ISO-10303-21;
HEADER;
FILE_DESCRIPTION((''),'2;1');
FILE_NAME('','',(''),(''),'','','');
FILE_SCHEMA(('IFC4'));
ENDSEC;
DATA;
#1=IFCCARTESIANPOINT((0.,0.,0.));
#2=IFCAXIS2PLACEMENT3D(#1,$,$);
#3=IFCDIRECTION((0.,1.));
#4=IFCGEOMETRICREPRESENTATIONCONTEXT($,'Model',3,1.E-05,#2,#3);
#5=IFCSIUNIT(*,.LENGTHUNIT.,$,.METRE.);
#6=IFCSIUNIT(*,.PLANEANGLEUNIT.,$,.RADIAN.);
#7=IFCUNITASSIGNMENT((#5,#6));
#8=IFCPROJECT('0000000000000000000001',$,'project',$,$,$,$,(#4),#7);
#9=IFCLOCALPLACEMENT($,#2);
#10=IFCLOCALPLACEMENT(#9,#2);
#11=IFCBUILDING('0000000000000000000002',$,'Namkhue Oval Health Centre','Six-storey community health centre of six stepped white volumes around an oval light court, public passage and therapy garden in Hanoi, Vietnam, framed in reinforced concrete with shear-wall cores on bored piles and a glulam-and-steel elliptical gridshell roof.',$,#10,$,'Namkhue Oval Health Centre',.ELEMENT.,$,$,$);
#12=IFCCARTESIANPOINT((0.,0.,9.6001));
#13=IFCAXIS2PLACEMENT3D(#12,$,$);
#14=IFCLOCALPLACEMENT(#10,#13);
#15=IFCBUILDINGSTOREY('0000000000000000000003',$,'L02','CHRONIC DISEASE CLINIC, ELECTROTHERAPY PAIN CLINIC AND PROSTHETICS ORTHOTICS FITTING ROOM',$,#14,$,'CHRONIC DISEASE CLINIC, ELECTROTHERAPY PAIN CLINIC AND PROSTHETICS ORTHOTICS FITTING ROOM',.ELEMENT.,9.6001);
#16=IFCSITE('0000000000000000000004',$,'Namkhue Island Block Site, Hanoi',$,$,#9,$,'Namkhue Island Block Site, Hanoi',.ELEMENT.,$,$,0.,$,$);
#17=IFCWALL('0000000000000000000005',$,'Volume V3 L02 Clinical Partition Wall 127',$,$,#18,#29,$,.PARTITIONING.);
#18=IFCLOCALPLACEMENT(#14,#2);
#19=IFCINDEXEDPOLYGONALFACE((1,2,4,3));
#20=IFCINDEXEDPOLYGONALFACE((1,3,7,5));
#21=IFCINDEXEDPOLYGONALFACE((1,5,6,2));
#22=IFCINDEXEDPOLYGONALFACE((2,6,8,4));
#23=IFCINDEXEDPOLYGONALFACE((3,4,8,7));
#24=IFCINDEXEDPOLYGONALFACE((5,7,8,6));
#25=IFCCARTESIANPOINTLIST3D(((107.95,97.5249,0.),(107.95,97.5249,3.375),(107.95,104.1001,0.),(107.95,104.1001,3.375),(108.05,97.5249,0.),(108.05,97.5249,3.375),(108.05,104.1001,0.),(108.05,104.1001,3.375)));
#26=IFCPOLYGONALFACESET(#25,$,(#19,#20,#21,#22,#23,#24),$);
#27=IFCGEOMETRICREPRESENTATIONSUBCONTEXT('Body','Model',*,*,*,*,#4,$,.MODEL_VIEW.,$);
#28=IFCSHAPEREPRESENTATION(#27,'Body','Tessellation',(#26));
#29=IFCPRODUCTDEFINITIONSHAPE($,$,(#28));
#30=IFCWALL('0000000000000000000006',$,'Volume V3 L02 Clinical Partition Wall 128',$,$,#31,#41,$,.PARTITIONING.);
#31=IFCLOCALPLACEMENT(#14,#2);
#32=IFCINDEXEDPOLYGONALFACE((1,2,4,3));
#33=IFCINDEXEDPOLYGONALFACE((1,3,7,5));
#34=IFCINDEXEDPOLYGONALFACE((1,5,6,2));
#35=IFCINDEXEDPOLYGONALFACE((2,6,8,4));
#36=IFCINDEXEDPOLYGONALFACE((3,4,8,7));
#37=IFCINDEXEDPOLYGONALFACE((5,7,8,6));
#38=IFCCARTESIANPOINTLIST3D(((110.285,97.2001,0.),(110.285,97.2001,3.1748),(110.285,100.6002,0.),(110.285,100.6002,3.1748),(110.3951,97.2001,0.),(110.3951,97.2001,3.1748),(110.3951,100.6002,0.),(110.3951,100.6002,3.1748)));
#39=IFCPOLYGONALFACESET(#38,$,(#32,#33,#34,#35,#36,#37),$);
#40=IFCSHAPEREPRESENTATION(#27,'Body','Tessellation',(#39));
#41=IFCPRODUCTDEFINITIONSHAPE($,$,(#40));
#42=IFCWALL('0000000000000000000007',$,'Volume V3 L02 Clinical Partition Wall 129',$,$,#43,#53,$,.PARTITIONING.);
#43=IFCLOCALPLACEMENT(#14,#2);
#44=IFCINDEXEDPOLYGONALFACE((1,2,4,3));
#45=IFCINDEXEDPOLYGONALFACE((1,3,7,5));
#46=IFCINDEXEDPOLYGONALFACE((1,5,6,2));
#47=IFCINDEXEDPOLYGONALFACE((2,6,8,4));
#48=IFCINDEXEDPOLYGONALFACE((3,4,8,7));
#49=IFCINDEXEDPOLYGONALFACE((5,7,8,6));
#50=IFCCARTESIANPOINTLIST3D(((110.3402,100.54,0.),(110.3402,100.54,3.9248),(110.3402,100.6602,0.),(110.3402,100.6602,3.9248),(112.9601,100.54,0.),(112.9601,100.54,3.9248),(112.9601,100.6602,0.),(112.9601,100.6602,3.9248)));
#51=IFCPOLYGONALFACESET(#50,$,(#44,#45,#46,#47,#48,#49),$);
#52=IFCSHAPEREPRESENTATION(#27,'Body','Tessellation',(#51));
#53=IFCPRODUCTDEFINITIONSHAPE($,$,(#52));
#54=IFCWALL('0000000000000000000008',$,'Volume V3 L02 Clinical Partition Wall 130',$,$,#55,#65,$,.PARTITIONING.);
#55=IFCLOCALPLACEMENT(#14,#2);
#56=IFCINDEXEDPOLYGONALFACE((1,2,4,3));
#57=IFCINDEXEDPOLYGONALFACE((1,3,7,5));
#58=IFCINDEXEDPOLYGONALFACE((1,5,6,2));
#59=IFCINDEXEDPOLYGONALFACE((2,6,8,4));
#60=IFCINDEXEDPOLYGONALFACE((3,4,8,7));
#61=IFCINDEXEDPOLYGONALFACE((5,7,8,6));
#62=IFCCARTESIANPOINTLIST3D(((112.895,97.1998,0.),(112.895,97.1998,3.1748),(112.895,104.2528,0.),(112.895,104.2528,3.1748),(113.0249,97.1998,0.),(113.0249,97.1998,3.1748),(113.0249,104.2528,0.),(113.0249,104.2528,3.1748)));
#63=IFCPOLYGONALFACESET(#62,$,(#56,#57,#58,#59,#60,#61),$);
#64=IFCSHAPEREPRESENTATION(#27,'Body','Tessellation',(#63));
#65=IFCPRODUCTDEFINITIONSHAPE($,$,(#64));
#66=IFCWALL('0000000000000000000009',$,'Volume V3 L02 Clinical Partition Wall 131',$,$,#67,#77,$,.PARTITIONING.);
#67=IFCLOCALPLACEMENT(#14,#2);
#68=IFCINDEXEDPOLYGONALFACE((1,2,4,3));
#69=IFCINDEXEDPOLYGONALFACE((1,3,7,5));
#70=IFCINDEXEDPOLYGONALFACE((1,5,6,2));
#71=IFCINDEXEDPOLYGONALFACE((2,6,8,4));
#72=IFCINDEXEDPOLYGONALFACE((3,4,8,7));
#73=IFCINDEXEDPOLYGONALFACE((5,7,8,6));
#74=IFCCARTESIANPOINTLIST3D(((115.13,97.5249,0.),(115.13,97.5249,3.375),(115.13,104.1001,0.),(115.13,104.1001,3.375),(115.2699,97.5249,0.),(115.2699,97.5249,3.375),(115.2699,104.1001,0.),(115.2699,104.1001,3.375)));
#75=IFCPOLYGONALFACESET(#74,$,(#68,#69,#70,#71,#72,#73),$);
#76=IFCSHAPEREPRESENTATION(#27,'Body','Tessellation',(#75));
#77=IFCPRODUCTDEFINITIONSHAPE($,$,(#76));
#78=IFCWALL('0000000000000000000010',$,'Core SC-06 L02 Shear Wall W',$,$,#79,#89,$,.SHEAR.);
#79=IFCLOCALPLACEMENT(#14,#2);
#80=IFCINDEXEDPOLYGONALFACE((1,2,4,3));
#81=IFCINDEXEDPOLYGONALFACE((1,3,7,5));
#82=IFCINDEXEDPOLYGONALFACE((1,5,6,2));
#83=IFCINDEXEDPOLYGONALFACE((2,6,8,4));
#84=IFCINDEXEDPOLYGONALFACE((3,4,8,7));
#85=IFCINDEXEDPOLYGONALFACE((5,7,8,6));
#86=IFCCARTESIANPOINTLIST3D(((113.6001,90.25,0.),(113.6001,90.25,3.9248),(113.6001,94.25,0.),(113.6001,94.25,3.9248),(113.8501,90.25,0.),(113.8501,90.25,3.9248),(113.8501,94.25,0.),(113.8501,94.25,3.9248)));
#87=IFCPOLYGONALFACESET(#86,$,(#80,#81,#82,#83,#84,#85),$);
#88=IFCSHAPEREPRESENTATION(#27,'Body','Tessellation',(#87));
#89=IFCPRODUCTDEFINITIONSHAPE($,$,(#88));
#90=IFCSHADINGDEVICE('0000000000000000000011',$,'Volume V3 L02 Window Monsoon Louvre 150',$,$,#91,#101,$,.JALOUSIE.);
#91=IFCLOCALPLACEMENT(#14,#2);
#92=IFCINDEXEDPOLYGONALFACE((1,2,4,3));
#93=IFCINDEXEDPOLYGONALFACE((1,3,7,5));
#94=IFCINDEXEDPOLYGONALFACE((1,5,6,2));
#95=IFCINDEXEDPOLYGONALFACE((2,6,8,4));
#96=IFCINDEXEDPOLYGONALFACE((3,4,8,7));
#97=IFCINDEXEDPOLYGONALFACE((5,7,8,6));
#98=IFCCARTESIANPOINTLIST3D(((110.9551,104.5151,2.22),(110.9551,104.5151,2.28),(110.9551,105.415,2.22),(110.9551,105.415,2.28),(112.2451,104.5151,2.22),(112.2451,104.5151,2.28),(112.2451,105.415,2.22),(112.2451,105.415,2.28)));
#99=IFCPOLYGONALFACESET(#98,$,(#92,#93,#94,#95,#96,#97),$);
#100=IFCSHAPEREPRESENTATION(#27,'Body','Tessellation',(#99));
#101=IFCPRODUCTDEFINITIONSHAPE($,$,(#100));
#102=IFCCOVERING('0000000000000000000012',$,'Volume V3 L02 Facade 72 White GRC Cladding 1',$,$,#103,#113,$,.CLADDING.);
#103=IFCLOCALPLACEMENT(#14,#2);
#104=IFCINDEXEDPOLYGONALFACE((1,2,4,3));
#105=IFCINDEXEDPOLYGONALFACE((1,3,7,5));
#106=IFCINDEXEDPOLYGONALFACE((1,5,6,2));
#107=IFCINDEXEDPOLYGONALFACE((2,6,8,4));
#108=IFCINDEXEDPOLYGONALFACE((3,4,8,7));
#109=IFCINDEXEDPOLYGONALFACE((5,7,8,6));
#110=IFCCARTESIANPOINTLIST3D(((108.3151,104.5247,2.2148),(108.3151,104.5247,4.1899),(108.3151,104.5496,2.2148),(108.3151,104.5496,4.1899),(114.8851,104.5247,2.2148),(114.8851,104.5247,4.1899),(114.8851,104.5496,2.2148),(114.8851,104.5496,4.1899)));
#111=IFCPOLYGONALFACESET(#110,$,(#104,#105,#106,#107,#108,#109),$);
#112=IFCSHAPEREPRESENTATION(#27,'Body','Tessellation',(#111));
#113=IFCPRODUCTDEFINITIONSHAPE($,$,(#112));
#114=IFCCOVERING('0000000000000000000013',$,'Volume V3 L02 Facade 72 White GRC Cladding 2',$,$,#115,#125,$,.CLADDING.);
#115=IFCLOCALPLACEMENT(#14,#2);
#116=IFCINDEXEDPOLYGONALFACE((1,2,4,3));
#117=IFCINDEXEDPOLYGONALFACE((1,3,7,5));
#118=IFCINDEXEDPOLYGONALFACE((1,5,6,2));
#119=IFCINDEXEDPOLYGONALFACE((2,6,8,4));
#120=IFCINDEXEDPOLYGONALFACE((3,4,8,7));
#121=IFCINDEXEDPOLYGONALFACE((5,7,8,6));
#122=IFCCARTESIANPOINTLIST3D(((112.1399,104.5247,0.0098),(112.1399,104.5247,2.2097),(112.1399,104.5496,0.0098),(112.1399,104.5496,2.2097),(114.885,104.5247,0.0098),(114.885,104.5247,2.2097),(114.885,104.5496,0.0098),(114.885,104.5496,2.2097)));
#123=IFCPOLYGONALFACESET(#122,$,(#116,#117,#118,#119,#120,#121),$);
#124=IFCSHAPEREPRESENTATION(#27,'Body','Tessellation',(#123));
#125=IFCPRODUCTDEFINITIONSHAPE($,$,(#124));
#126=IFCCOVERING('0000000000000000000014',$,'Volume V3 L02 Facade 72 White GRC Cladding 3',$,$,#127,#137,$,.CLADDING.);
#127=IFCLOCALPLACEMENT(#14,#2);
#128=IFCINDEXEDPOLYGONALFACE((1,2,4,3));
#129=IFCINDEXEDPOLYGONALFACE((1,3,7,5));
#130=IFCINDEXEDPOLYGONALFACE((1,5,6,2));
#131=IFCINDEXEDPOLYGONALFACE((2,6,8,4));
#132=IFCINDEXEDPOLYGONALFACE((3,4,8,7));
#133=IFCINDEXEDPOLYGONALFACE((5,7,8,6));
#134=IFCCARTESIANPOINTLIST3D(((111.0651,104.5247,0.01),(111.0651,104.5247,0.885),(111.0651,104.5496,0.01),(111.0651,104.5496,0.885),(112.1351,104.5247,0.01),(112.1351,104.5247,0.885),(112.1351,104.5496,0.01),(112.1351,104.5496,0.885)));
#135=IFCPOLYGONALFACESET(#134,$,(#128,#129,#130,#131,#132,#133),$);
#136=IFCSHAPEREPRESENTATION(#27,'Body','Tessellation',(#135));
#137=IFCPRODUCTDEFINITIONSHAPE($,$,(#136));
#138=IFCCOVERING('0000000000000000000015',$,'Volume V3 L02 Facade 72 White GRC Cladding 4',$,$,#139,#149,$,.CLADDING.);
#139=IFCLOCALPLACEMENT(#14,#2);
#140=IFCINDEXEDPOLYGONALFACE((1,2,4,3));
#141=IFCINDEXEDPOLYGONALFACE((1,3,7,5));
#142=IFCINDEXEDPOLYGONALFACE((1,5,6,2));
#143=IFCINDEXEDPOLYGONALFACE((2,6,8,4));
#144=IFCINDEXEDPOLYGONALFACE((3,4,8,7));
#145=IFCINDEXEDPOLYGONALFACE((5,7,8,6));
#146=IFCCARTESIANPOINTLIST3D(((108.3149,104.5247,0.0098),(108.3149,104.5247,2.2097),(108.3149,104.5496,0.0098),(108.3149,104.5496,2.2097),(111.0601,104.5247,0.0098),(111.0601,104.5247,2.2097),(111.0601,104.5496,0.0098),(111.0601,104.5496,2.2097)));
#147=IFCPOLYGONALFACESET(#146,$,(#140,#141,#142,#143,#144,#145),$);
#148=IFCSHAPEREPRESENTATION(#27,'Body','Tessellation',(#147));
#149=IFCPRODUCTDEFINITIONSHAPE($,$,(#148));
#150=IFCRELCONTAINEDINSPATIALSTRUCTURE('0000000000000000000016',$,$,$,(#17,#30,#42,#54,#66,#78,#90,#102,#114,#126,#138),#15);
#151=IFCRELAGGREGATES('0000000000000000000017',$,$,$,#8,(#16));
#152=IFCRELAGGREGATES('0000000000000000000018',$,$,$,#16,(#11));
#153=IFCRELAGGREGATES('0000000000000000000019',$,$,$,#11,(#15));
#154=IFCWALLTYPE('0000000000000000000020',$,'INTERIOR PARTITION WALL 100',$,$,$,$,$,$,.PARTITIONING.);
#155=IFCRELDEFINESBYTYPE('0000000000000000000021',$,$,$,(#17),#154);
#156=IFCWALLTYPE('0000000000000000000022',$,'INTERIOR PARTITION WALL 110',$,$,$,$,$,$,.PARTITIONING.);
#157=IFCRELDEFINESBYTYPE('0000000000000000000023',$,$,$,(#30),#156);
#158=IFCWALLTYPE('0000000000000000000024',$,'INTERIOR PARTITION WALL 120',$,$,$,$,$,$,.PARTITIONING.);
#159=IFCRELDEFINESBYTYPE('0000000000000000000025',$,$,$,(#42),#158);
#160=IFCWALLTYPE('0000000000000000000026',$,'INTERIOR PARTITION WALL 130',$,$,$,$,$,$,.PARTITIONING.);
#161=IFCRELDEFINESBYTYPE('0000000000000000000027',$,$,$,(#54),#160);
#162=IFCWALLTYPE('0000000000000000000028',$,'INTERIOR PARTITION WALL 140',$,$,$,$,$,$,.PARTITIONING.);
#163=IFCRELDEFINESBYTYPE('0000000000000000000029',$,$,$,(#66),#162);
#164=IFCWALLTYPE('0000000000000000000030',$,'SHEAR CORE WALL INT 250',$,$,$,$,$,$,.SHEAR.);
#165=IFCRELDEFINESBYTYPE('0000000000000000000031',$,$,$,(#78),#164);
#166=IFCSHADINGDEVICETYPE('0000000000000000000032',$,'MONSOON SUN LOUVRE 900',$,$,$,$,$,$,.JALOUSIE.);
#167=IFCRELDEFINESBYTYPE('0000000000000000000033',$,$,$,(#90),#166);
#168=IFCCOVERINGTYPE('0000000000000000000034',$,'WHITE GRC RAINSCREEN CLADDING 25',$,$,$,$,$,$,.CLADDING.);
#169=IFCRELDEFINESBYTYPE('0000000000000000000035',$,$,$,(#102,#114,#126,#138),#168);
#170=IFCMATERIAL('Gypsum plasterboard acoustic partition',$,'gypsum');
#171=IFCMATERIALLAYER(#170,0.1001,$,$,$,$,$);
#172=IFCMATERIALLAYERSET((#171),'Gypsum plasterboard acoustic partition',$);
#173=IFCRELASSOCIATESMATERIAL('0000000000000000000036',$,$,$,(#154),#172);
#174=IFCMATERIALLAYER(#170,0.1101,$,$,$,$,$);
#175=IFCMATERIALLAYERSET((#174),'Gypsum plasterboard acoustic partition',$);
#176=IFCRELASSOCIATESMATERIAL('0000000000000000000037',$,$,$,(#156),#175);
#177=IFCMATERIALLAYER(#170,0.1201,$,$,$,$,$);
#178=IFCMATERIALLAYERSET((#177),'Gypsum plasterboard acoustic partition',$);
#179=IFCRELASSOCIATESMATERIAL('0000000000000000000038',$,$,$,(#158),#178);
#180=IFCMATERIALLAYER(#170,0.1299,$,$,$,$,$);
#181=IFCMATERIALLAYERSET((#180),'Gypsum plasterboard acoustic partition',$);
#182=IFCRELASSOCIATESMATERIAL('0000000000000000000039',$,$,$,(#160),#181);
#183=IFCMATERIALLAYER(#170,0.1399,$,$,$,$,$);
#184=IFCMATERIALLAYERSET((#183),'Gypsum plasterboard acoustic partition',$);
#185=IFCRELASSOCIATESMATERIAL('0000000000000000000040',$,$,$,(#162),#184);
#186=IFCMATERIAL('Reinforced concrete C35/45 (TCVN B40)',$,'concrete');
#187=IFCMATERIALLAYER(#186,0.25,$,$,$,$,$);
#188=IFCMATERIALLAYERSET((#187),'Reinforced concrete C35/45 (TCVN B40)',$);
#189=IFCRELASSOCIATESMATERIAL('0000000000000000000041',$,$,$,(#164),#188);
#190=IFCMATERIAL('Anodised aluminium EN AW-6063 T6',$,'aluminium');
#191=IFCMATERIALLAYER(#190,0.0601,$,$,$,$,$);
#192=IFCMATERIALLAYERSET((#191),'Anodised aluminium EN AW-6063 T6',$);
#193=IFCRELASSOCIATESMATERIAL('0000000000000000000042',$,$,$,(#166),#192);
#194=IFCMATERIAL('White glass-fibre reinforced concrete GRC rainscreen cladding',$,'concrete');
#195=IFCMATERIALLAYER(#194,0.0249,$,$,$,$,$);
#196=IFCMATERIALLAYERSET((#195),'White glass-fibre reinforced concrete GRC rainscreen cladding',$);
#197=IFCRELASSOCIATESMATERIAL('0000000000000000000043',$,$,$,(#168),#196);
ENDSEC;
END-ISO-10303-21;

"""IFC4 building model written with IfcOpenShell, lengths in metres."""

from ifc_helpers import new_model, si_unit, direction, frame, frame_2d, origin, origin_2d, place, context, subcontext, project, spatial, rectangle, extrude, material, layer, layer_set, type_object, element, save


model = new_model("IFC4")

# Units and contexts
model_context = context("Model", 3, precision=1e-05, world=origin(), true_north=direction((0.0, 1.0)))
body_context = subcontext(model_context, "Body", "Model", "MODEL_VIEW")
ifc_project = project(units=[si_unit("LENGTHUNIT", "METRE"), si_unit("PLANEANGLEUNIT", "RADIAN")], contexts=[model_context])

# Site, building, storey
site_placement = place(None, origin())
site = spatial("IfcSite", under=ifc_project, at=site_placement, Name="Namkhue Island Block Site, Hanoi", LongName="Namkhue Island Block Site, Hanoi", CompositionType="ELEMENT", RefElevation=0.0)
building_placement = place(site_placement, origin())
building = spatial("IfcBuilding", under=site, at=building_placement, Name="Namkhue Oval Health Centre", Description="Six-storey community health centre of six stepped white volumes around an oval light court, public passage and therapy garden in Hanoi, Vietnam, framed in reinforced concrete with shear-wall cores on bored piles and a glulam-and-steel elliptical gridshell roof.", LongName="Namkhue Oval Health Centre", CompositionType="ELEMENT")
storey_placement = place(building_placement, frame((0.0, 0.0, 9.6001)))
storey = spatial("IfcBuildingStorey", under=building, at=storey_placement, Name="L02", Description="CHRONIC DISEASE CLINIC, ELECTROTHERAPY PAIN CLINIC AND PROSTHETICS ORTHOTICS FITTING ROOM", LongName="CHRONIC DISEASE CLINIC, ELECTROTHERAPY PAIN CLINIC AND PROSTHETICS ORTHOTICS FITTING ROOM", CompositionType="ELEMENT", Elevation=9.6001)

# Shared definitions
ifc_material_1 = material(Name="Reinforced concrete C35/45 (TCVN B40)", Category="concrete")

# Shared definitions
ifc_material_2 = material(Name="Anodised aluminium EN AW-6063 T6", Category="aluminium")

# Walls
ifc_material_3 = material(Name="Gypsum plasterboard acoustic partition", Category="gypsum")
ifc_layer_1 = layer(ifc_material_3, 0.1001)
ifc_layer_set_1 = layer_set([ifc_layer_1], Name="Gypsum plasterboard acoustic partition")
wall_type_1 = type_object("IfcWallType", Name="INTERIOR PARTITION WALL 100", PredefinedType="PARTITIONING", material=ifc_layer_set_1)
wall_1_placement = place(storey_placement, frame((108.0, 97.5249, 0.0), z_axis=(0.0, 0.0, 1.0), x_axis=(0.0, 1.0, 0.0)))
element("IfcWall", 1, at=wall_1_placement, inside=storey, type_object=wall_type_1, Name="Volume V3 L02 Clinical Partition Wall 127", PredefinedType="PARTITIONING", context=body_context, shape_type="SweptSolid", body=[
    extrude(rectangle(XDim=6.5752, YDim=0.1001, at=frame_2d((3.2876, 0.0))), origin(), (0.0, 0.0, 1.0), 3.375),
])
ifc_layer_2 = layer(ifc_material_3, 0.1101)
ifc_layer_set_2 = layer_set([ifc_layer_2], Name="Gypsum plasterboard acoustic partition")
wall_type_2 = type_object("IfcWallType", Name="INTERIOR PARTITION WALL 110", PredefinedType="PARTITIONING", material=ifc_layer_set_2)
wall_2_placement = place(storey_placement, frame((110.3401, 97.2, 0.0), z_axis=(0.0, 0.0, 1.0), x_axis=(0.0, 1.0, 0.0)))
element("IfcWall", 2, at=wall_2_placement, inside=storey, type_object=wall_type_2, Name="Volume V3 L02 Clinical Partition Wall 128", PredefinedType="PARTITIONING", context=body_context, shape_type="SweptSolid", body=[
    extrude(rectangle(XDim=3.4001, YDim=0.1101, at=frame_2d((1.7002, 0.0))), origin(), (0.0, 0.0, 1.0), 3.1748),
])
ifc_layer_3 = layer(ifc_material_3, 0.1201)
ifc_layer_set_3 = layer_set([ifc_layer_3], Name="Gypsum plasterboard acoustic partition")
wall_type_3 = type_object("IfcWallType", Name="INTERIOR PARTITION WALL 120", PredefinedType="PARTITIONING", material=ifc_layer_set_3)
wall_3_placement = place(storey_placement, frame((110.3401, 100.6001, 0.0), z_axis=(0.0, 0.0, 1.0), x_axis=(1.0, 0.0, 0.0)))
element("IfcWall", 3, at=wall_3_placement, inside=storey, type_object=wall_type_3, Name="Volume V3 L02 Clinical Partition Wall 129", PredefinedType="PARTITIONING", context=body_context, shape_type="SweptSolid", body=[
    extrude(rectangle(XDim=2.6199, YDim=0.1201, at=frame_2d((1.3101, 0.0))), origin(), (0.0, 0.0, 1.0), 3.9248),
])
ifc_layer_4 = layer(ifc_material_3, 0.1299)
ifc_layer_set_4 = layer_set([ifc_layer_4], Name="Gypsum plasterboard acoustic partition")
wall_type_4 = type_object("IfcWallType", Name="INTERIOR PARTITION WALL 130", PredefinedType="PARTITIONING", material=ifc_layer_set_4)
wall_4_placement = place(storey_placement, frame((112.96, 97.2, 0.0), z_axis=(0.0, 0.0, 1.0), x_axis=(0.0, 1.0, 0.0)))
element("IfcWall", 4, at=wall_4_placement, inside=storey, type_object=wall_type_4, Name="Volume V3 L02 Clinical Partition Wall 130", PredefinedType="PARTITIONING", context=body_context, shape_type="SweptSolid", body=[
    extrude(rectangle(XDim=7.053, YDim=0.1299, at=frame_2d((3.5264, 0.0))), origin(), (0.0, 0.0, 1.0), 3.1748),
])
ifc_layer_5 = layer(ifc_material_3, 0.1399)
ifc_layer_set_5 = layer_set([ifc_layer_5], Name="Gypsum plasterboard acoustic partition")
wall_type_5 = type_object("IfcWallType", Name="INTERIOR PARTITION WALL 140", PredefinedType="PARTITIONING", material=ifc_layer_set_5)
wall_5_placement = place(storey_placement, frame((115.2, 97.5249, 0.0), z_axis=(0.0, 0.0, 1.0), x_axis=(0.0, 1.0, 0.0)))
element("IfcWall", 5, at=wall_5_placement, inside=storey, type_object=wall_type_5, Name="Volume V3 L02 Clinical Partition Wall 131", PredefinedType="PARTITIONING", context=body_context, shape_type="SweptSolid", body=[
    extrude(rectangle(XDim=6.5752, YDim=0.1399, at=frame_2d((3.2876, 0.0))), origin(), (0.0, 0.0, 1.0), 3.375),
])
ifc_layer_6 = layer(ifc_material_1, 0.25)
ifc_layer_set_6 = layer_set([ifc_layer_6], Name="Reinforced concrete C35/45 (TCVN B40)")
wall_type_6 = type_object("IfcWallType", Name="SHEAR CORE WALL INT 250", PredefinedType="SHEAR", material=ifc_layer_set_6)
wall_6_placement = place(storey_placement, frame((113.7251, 94.25, 0.0), z_axis=(0.0, 0.0, 1.0), x_axis=(0.0, -1.0, 0.0)))
element("IfcWall", 6, at=wall_6_placement, inside=storey, type_object=wall_type_6, Name="Core SC-06 L02 Shear Wall W", PredefinedType="SHEAR", context=body_context, shape_type="SweptSolid", body=[
    extrude(rectangle(XDim=4.0, YDim=0.25, at=frame_2d((2.0, 0.0))), origin(), (0.0, 0.0, 1.0), 3.9248),
])

# Shading device
ifc_layer_7 = layer(ifc_material_2, 0.0601)
ifc_layer_set_7 = layer_set([ifc_layer_7], Name="Anodised aluminium EN AW-6063 T6")
shading_device_type = type_object("IfcShadingDeviceType", Name="MONSOON SUN LOUVRE 900", PredefinedType="JALOUSIE", material=ifc_layer_set_7)
shading_device_placement = place(storey_placement, frame((111.6001, 104.9651, 2.22), z_axis=(0.0, 0.0, 1.0), x_axis=(-1.0, 0.0, 0.0)))
element("IfcShadingDevice", 7, at=shading_device_placement, inside=storey, type_object=shading_device_type, Name="Volume V3 L02 Window Monsoon Louvre 150", PredefinedType="JALOUSIE", context=body_context, shape_type="SweptSolid", body=[
    extrude(rectangle(XDim=1.29, YDim=0.8999, at=origin_2d()), origin(), (0.0, 0.0, 1.0), 0.0601),
])

# Coverings
ifc_material_4 = material(Name="White glass-fibre reinforced concrete GRC rainscreen cladding", Category="concrete")
ifc_layer_8 = layer(ifc_material_4, 0.0249)
ifc_layer_set_8 = layer_set([ifc_layer_8], Name="White glass-fibre reinforced concrete GRC rainscreen cladding")
covering_type = type_object("IfcCoveringType", Name="WHITE GRC RAINSCREEN CLADDING 25", PredefinedType="CLADDING", material=ifc_layer_set_8)
covering_1_placement = place(storey_placement, frame((111.6001, 104.5371, 2.2148), z_axis=(0.0, 0.0, 1.0), x_axis=(-1.0, 0.0, 0.0)))
element("IfcCovering", 8, at=covering_1_placement, inside=storey, type_object=covering_type, Name="Volume V3 L02 Facade 72 White GRC Cladding 1", PredefinedType="CLADDING", context=body_context, shape_type="SweptSolid", body=[
    extrude(rectangle(XDim=6.5701, YDim=0.0249, at=origin_2d()), origin(), (0.0, 0.0, 1.0), 1.9751),
])
covering_2_placement = place(storey_placement, frame((113.5125, 104.5371, 0.0098), z_axis=(0.0, 0.0, 1.0), x_axis=(-1.0, 0.0, 0.0)))
element("IfcCovering", 9, at=covering_2_placement, inside=storey, type_object=covering_type, Name="Volume V3 L02 Facade 72 White GRC Cladding 2", PredefinedType="CLADDING", context=body_context, shape_type="SweptSolid", body=[
    extrude(rectangle(XDim=2.7451, YDim=0.0249, at=origin_2d()), origin(), (0.0, 0.0, 1.0), 2.2),
])
covering_3_placement = place(storey_placement, frame((111.6001, 104.5371, 0.01), z_axis=(0.0, 0.0, 1.0), x_axis=(-1.0, 0.0, 0.0)))
element("IfcCovering", 10, at=covering_3_placement, inside=storey, type_object=covering_type, Name="Volume V3 L02 Facade 72 White GRC Cladding 3", PredefinedType="CLADDING", context=body_context, shape_type="SweptSolid", body=[
    extrude(rectangle(XDim=1.0701, YDim=0.0249, at=origin_2d()), origin(), (0.0, 0.0, 1.0), 0.875),
])
covering_4_placement = place(storey_placement, frame((109.6875, 104.5371, 0.0098), z_axis=(0.0, 0.0, 1.0), x_axis=(-1.0, 0.0, 0.0)))
element("IfcCovering", 11, at=covering_4_placement, inside=storey, type_object=covering_type, Name="Volume V3 L02 Facade 72 White GRC Cladding 4", PredefinedType="CLADDING", context=body_context, shape_type="SweptSolid", body=[
    extrude(rectangle(XDim=2.7451, YDim=0.0249, at=origin_2d()), origin(), (0.0, 0.0, 1.0), 2.2),
])

save(model, "model.ifc")
